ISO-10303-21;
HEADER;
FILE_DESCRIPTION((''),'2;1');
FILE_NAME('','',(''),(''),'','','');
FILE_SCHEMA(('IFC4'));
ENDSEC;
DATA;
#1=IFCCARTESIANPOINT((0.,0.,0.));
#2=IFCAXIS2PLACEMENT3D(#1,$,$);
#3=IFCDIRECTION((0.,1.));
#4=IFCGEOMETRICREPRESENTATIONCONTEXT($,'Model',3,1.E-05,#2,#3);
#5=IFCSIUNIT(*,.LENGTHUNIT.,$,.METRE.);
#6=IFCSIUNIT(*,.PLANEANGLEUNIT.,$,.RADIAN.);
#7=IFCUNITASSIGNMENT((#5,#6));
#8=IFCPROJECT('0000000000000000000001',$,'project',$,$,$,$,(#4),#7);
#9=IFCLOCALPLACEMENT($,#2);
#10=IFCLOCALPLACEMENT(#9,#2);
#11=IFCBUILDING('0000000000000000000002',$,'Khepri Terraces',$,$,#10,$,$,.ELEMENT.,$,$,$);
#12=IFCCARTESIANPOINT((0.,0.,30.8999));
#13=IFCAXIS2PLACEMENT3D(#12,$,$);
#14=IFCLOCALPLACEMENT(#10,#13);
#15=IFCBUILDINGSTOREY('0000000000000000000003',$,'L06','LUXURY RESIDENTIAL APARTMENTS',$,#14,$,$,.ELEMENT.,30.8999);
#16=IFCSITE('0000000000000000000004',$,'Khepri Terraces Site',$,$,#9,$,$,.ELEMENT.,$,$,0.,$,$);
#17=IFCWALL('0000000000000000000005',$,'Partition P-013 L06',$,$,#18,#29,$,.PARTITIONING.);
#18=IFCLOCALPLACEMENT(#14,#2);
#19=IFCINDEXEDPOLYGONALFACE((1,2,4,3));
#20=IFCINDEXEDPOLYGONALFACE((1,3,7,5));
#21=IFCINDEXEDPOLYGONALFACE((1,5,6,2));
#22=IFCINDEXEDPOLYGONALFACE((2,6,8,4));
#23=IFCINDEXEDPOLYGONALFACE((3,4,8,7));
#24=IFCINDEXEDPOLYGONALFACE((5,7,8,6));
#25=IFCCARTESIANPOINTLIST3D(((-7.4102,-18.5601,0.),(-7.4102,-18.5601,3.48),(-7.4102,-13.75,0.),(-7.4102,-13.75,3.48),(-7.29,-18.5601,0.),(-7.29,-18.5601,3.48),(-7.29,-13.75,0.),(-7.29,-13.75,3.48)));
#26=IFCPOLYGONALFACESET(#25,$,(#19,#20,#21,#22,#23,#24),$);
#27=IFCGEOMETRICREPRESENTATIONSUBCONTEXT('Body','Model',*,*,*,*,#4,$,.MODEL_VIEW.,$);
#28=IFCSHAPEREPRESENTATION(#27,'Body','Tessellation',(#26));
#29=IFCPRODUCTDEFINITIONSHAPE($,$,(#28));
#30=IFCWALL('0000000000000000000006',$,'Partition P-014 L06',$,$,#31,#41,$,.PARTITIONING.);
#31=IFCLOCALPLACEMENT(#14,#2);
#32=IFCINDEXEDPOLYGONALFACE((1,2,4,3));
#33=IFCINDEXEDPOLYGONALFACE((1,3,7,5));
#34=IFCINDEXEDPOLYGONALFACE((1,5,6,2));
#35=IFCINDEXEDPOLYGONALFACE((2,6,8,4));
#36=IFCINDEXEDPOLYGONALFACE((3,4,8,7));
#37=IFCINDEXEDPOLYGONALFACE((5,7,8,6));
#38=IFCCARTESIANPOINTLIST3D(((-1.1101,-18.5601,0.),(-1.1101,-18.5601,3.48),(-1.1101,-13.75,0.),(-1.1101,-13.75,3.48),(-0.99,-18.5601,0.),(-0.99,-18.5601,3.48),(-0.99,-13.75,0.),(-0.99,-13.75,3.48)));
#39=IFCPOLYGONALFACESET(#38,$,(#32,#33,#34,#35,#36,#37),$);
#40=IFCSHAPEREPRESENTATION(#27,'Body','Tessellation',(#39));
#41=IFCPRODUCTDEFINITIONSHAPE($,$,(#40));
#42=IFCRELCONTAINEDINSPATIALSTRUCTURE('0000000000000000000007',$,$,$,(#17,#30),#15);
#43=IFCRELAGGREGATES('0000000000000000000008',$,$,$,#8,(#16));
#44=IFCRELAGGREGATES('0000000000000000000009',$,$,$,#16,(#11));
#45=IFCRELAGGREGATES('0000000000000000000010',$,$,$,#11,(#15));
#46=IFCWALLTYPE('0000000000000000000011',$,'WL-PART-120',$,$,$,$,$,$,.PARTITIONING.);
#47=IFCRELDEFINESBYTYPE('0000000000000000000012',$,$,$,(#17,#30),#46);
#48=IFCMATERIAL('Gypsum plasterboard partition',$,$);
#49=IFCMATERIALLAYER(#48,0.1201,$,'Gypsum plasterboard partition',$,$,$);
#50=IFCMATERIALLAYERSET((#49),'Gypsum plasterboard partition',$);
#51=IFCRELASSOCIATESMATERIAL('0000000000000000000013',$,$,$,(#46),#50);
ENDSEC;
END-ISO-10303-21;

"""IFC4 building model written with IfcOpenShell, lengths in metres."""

from ifc_helpers import new_model, si_unit, direction, frame, frame_2d, origin, place, context, subcontext, project, spatial, rectangle, extrude, material, layer, layer_set, type_object, element, save


model = new_model("IFC4")

# Units and contexts
model_context = context("Model", 3, precision=1e-05, world=origin(), true_north=direction((0.0, 1.0)))
body_context = subcontext(model_context, "Body", "Model", "MODEL_VIEW")
ifc_project = project(units=[si_unit("LENGTHUNIT", "METRE"), si_unit("PLANEANGLEUNIT", "RADIAN")], contexts=[model_context])

# Site, building, storey
site_placement = place(None, origin())
site = spatial("IfcSite", under=ifc_project, at=site_placement, Name="Khepri Terraces Site", CompositionType="ELEMENT", RefElevation=0.0)
building_placement = place(site_placement, origin())
building = spatial("IfcBuilding", under=site, at=building_placement, Name="Khepri Terraces", CompositionType="ELEMENT")
storey_placement = place(building_placement, frame((0.0, 0.0, 30.8999)))
storey = spatial("IfcBuildingStorey", under=building, at=storey_placement, Name="L06", Description="LUXURY RESIDENTIAL APARTMENTS", CompositionType="ELEMENT", Elevation=30.8999)

# Shared definitions
ifc_material_1 = material(Name="Gypsum plasterboard partition")
ifc_layer_1 = layer(ifc_material_1, 0.1201, Name="Gypsum plasterboard partition")
ifc_layer_set_1 = layer_set([ifc_layer_1], Name="Gypsum plasterboard partition")
wall_type_1 = type_object("IfcWallType", Name="WL-PART-120", PredefinedType="PARTITIONING", material=ifc_layer_set_1)

# Walls
for number, where, z_axis, x_axis, name in (
    (1, (-7.3501, -18.5601, 0.0), (0.0, 0.0, 1.0), (0.0, 1.0, 0.0), "Partition P-013 L06"),
    (2, (-1.05, -18.5601, 0.0), (0.0, 0.0, 1.0), (0.0, 1.0, 0.0), "Partition P-014 L06"),
):
    element("IfcWall", number, at=place(storey_placement, frame(where, z_axis=z_axis, x_axis=x_axis)), inside=storey, type_object=wall_type_1, Name=name, PredefinedType="PARTITIONING", context=body_context, shape_type="SweptSolid", body=[
        extrude(rectangle(XDim=4.8101, YDim=0.1201, at=frame_2d((2.405, 0.0))), origin(), (0.0, 0.0, 1.0), 3.48),
    ])

save(model, "model.ifc")
